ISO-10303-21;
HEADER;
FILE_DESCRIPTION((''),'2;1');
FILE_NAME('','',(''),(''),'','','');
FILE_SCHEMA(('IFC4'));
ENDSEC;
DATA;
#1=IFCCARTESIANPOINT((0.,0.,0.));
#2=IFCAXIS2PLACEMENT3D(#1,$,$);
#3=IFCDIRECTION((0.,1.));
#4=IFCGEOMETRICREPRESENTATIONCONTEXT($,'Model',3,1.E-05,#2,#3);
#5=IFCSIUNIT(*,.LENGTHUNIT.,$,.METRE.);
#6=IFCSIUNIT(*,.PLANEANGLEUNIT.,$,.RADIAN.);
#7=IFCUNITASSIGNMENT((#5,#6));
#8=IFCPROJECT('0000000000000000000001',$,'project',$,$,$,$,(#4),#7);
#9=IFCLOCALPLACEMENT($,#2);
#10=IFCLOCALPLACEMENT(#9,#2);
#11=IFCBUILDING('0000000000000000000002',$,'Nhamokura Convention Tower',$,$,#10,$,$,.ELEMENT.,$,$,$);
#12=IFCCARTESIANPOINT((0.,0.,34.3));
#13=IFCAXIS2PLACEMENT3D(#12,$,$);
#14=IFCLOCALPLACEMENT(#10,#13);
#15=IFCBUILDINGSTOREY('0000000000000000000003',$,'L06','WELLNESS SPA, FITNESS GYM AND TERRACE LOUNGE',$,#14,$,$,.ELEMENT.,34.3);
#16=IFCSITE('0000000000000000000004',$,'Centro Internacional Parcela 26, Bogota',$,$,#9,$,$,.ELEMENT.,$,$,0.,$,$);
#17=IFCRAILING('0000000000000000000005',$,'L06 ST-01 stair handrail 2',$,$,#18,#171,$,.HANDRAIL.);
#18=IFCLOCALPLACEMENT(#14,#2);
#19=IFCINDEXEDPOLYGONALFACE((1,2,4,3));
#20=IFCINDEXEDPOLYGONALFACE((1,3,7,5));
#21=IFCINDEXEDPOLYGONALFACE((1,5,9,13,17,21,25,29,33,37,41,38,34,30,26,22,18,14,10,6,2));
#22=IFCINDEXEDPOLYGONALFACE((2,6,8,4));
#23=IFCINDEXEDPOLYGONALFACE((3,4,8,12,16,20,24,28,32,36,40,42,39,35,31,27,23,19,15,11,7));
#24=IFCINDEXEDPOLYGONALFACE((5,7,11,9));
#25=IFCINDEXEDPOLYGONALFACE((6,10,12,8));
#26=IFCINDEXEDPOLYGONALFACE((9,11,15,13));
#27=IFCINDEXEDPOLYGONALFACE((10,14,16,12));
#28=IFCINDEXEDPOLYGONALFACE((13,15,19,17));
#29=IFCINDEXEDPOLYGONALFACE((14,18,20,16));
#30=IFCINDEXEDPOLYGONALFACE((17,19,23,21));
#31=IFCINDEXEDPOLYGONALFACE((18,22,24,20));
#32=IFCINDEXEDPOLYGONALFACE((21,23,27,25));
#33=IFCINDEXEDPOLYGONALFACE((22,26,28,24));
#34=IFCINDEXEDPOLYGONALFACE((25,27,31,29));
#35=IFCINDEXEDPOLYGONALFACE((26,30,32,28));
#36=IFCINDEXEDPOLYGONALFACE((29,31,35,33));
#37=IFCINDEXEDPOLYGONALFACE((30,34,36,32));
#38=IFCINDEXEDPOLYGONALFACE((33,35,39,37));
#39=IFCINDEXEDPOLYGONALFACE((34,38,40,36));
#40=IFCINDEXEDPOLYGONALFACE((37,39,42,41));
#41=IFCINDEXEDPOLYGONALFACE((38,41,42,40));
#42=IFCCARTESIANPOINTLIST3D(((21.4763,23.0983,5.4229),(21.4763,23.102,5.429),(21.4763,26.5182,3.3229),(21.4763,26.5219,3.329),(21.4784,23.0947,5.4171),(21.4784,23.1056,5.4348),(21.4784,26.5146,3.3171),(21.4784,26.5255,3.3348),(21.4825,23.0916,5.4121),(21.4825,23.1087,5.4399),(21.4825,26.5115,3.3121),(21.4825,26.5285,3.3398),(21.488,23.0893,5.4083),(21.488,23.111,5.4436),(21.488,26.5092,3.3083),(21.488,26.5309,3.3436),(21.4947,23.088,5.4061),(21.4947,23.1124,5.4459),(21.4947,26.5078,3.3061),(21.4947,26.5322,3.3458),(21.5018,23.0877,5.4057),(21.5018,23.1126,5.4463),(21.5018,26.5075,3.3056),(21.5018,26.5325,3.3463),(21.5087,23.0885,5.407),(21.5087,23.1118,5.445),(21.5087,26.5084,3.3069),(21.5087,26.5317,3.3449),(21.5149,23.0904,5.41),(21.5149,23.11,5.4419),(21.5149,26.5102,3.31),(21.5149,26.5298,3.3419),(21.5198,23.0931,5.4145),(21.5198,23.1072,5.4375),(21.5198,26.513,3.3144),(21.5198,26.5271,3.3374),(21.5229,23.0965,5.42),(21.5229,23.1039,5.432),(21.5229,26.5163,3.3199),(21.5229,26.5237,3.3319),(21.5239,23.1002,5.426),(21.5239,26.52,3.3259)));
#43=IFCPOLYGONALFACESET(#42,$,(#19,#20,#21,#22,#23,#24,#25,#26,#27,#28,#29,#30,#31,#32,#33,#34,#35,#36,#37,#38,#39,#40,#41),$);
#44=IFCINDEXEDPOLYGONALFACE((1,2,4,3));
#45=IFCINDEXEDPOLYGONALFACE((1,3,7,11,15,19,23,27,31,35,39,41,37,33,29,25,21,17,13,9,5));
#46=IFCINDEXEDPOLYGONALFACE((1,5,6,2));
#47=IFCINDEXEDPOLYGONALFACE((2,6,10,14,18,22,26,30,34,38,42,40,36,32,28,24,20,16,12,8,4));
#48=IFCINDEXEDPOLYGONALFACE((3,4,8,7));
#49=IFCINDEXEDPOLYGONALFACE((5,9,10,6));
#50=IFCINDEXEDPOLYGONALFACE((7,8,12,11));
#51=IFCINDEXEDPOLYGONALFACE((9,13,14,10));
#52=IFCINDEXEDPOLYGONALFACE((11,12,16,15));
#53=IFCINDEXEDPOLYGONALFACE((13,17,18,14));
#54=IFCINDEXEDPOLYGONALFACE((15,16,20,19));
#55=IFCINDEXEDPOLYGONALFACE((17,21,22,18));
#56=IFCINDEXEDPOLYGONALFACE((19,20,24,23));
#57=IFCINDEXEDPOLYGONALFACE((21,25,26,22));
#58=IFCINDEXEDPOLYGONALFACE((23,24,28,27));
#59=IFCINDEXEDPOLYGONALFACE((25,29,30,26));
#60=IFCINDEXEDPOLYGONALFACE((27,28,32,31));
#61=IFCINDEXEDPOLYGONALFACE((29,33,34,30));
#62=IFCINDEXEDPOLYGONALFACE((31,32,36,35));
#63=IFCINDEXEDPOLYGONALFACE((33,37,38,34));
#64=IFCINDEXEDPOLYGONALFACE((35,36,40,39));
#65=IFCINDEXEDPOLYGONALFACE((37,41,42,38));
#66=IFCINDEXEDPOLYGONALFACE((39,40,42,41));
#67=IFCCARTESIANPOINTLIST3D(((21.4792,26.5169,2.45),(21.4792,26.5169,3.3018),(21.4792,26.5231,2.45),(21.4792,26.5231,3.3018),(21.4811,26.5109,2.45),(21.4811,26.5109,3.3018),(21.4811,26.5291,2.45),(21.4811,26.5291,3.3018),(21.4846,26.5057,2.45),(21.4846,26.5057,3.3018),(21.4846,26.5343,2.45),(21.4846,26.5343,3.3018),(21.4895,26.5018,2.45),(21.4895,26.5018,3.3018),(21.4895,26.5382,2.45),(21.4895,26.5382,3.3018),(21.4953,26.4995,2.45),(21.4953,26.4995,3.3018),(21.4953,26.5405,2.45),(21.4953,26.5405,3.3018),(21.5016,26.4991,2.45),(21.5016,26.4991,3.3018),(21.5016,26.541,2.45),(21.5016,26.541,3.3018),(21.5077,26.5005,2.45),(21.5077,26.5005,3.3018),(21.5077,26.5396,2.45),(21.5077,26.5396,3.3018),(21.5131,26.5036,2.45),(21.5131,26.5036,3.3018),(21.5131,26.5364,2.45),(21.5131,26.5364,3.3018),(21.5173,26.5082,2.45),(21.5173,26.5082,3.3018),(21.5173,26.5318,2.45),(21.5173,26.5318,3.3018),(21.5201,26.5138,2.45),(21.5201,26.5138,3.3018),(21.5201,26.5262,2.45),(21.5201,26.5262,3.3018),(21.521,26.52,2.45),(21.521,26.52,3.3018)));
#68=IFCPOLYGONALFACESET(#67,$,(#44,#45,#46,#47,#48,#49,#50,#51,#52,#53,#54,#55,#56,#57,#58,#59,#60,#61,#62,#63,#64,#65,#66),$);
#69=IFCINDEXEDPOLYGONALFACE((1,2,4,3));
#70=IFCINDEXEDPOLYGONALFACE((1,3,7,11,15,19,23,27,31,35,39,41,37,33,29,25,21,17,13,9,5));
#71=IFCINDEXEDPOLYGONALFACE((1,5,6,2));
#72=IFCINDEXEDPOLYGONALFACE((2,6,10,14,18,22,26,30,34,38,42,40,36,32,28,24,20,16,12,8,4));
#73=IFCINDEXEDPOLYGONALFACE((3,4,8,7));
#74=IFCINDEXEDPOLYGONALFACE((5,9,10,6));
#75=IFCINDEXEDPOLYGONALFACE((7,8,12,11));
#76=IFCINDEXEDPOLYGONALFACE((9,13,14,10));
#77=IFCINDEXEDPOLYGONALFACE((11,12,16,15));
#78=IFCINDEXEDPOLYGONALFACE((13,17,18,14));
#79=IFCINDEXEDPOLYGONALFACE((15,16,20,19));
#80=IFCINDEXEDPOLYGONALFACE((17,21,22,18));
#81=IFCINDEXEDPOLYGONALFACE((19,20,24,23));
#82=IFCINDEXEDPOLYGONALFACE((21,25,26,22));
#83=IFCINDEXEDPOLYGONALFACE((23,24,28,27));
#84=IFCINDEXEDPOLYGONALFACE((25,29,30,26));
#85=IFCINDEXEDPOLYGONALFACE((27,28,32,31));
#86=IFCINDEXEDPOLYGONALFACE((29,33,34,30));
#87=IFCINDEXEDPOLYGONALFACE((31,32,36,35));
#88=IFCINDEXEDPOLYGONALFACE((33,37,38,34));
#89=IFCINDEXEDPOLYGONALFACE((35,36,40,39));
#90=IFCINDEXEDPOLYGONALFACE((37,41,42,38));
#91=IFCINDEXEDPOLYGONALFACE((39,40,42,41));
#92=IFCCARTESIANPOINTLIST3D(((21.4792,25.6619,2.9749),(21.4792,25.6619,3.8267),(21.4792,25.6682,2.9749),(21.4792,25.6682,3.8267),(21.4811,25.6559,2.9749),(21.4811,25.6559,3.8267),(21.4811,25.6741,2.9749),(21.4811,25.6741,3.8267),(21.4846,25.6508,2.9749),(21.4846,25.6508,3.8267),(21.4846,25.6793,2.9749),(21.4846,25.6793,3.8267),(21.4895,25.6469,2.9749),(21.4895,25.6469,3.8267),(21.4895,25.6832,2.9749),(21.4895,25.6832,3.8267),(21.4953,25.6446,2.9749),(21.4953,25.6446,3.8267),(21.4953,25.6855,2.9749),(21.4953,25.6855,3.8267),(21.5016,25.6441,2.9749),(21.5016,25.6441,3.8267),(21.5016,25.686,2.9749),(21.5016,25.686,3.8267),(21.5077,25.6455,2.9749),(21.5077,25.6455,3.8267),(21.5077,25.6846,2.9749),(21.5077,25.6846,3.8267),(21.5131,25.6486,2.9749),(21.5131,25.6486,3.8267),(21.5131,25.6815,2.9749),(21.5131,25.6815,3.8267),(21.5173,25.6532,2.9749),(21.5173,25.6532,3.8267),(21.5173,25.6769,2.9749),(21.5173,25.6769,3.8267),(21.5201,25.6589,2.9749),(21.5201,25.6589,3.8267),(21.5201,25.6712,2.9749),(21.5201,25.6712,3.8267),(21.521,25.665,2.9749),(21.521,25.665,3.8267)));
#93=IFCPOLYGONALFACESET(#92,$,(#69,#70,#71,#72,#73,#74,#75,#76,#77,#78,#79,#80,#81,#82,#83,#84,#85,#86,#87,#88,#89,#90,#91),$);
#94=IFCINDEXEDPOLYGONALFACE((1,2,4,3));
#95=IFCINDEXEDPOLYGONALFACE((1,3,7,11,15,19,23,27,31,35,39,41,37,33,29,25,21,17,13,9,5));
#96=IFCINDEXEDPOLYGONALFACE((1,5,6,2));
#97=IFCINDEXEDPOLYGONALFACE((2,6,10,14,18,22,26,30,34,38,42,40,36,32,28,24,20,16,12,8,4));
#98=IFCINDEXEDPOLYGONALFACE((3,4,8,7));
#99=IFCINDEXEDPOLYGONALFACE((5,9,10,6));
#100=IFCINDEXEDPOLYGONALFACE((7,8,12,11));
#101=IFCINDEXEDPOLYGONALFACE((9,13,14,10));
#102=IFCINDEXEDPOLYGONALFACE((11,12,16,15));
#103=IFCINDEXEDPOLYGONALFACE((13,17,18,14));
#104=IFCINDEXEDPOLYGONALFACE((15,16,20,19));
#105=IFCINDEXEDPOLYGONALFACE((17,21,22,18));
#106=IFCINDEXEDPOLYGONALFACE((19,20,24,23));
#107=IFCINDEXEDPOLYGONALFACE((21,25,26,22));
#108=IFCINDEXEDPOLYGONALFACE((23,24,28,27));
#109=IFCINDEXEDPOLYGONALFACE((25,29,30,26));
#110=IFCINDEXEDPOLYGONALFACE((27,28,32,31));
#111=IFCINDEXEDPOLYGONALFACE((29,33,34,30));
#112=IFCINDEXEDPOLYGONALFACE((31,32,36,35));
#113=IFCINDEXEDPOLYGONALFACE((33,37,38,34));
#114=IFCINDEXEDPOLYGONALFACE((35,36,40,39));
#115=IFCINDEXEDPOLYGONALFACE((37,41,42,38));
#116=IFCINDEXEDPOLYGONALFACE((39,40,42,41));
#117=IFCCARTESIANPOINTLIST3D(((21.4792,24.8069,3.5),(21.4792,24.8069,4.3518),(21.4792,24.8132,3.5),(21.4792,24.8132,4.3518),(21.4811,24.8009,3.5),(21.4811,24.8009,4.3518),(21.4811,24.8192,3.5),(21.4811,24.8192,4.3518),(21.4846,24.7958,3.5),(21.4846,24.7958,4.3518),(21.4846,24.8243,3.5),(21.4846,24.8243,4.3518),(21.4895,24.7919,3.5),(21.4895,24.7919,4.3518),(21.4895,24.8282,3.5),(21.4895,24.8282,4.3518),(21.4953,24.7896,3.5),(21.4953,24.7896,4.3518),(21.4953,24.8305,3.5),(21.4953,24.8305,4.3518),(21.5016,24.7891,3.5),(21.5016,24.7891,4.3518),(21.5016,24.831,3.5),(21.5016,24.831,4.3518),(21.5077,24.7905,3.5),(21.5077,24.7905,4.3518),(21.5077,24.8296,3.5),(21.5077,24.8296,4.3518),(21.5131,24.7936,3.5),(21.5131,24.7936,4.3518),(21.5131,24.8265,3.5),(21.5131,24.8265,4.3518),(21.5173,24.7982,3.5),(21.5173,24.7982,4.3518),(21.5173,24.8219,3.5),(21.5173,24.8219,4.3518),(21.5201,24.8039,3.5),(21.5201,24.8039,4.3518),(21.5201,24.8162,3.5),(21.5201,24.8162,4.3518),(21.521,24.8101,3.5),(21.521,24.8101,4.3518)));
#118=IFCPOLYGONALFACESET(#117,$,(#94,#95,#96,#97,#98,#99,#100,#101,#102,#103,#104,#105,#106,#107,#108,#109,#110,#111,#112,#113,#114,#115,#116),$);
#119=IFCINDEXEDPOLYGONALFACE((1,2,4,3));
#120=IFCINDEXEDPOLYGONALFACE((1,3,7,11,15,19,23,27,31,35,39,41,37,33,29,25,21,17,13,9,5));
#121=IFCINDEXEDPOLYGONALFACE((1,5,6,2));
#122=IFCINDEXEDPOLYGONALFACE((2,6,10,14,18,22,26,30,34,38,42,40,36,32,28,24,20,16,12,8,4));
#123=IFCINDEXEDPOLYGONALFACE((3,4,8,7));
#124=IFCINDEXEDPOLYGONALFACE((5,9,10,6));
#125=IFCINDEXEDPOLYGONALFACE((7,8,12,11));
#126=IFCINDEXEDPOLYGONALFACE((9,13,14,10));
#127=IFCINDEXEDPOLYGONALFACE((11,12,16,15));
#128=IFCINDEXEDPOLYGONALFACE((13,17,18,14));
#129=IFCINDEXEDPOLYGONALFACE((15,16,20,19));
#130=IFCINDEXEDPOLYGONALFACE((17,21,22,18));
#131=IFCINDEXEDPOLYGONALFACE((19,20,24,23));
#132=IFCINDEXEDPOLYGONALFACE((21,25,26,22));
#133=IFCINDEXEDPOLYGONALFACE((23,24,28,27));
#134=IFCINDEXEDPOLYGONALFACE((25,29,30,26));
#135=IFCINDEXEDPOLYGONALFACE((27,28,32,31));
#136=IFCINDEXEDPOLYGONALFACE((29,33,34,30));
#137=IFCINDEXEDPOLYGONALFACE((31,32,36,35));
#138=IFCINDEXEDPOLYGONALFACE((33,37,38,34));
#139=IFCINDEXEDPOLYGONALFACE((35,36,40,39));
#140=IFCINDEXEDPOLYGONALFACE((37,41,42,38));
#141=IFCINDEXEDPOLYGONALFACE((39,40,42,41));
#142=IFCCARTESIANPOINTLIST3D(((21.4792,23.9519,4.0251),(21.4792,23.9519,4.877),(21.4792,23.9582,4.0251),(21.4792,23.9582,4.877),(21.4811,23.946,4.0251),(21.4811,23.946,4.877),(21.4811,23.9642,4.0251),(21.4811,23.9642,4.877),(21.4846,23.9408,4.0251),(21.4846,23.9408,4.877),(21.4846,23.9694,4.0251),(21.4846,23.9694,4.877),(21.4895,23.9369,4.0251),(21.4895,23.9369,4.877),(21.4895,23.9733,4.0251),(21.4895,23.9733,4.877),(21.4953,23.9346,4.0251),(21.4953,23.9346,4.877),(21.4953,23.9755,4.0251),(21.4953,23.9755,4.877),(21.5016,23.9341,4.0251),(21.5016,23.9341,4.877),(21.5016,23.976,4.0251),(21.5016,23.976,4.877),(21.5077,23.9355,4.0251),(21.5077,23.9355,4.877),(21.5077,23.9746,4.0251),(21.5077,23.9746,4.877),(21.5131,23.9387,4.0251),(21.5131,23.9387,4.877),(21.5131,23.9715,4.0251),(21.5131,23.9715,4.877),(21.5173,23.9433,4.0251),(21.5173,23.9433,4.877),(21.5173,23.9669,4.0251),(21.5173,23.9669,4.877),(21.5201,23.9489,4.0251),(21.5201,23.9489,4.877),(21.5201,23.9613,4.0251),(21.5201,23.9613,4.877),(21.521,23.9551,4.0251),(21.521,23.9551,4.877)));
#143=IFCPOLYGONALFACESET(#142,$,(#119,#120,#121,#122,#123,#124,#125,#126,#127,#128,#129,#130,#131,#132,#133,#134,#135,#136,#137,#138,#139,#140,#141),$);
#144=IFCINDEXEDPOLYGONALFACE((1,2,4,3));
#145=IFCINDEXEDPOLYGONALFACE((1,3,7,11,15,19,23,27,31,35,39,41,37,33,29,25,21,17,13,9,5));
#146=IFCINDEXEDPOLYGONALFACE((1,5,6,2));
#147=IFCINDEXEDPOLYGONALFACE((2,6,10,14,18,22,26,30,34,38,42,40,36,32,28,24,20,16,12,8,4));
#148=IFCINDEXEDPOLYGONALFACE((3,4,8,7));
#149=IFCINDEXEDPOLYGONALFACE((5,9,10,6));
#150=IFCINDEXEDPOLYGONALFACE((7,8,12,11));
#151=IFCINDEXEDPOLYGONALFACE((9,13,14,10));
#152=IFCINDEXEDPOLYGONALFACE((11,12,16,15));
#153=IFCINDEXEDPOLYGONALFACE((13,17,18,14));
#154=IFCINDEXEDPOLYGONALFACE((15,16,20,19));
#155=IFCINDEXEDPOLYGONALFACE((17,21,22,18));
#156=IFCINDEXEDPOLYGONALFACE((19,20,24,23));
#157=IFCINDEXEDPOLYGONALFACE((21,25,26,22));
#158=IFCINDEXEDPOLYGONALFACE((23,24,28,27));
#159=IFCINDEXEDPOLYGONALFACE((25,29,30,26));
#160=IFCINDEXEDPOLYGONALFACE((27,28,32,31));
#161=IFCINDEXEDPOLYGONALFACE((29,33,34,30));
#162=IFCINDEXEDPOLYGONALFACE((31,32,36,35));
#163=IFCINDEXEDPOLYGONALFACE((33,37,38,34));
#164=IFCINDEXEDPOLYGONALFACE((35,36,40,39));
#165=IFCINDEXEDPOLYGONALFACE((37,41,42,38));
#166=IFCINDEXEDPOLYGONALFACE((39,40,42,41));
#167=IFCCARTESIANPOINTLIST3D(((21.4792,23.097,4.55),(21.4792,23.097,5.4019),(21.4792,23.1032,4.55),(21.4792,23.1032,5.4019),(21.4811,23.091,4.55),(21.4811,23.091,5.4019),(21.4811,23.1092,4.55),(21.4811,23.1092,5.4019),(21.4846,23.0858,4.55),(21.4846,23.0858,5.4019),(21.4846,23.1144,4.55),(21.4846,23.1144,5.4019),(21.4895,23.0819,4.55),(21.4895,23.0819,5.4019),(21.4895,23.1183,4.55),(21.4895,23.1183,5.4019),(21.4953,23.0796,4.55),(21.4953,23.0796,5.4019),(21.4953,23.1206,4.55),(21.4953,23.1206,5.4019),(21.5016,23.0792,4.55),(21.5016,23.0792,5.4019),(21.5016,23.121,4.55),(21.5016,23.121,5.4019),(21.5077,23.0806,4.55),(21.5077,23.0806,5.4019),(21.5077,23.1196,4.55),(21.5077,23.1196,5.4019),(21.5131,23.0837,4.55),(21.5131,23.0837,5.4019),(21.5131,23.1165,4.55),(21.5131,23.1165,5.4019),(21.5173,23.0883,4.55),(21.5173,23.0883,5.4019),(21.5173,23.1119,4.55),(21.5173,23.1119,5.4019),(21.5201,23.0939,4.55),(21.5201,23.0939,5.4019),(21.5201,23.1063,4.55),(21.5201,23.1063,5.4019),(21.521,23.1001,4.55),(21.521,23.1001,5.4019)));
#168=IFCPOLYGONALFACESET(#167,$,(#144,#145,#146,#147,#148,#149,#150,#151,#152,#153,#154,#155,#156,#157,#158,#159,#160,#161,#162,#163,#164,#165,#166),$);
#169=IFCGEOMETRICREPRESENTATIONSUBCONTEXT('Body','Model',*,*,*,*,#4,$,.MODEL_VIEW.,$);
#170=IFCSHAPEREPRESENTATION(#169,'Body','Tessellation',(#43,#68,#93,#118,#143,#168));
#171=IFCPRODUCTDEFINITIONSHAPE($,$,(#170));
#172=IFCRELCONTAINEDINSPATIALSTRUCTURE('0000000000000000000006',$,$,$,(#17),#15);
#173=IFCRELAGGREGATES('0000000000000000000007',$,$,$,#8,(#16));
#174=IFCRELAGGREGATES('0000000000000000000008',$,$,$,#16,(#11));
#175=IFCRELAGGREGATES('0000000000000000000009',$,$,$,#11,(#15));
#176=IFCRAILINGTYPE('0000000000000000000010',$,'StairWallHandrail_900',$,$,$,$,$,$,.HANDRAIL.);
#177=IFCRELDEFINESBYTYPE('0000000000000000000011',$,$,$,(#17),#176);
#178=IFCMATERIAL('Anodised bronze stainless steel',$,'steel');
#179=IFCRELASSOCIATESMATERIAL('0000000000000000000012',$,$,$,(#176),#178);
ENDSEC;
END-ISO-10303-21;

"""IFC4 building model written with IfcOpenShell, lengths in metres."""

from ifc_helpers import new_model, si_unit, direction, frame, origin, origin_2d, place, context, subcontext, project, spatial, circle, extrude, material, type_object, element, save


model = new_model("IFC4")

# Units and contexts
model_context = context("Model", 3, precision=1e-05, world=origin(), true_north=direction((0.0, 1.0)))
body_context = subcontext(model_context, "Body", "Model", "MODEL_VIEW")
ifc_project = project(units=[si_unit("LENGTHUNIT", "METRE"), si_unit("PLANEANGLEUNIT", "RADIAN")], contexts=[model_context])

# Site, building, storey
site_placement = place(None, origin())
site = spatial("IfcSite", under=ifc_project, at=site_placement, Name="Centro Internacional Parcela 26, Bogota", CompositionType="ELEMENT", RefElevation=0.0)
building_placement = place(site_placement, origin())
building = spatial("IfcBuilding", under=site, at=building_placement, Name="Nhamokura Convention Tower", CompositionType="ELEMENT")
storey_placement = place(building_placement, frame((0.0, 0.0, 34.3)))
storey = spatial("IfcBuildingStorey", under=building, at=storey_placement, Name="L06", Description="WELLNESS SPA, FITNESS GYM AND TERRACE LOUNGE", CompositionType="ELEMENT", Elevation=34.3)

# Railing
ifc_material_1 = material(Name="Anodised bronze stainless steel", Category="steel")
railing_type_1 = type_object("IfcRailingType", Name="StairWallHandrail_900", PredefinedType="HANDRAIL", material=ifc_material_1)
railing_1_placement = place(storey_placement, frame((21.5, 26.52, 2.45)))
element("IfcRailing", 1, at=railing_1_placement, inside=storey, type_object=railing_type_1, Name="L06 ST-01 stair handrail 2", PredefinedType="HANDRAIL", context=body_context, shape_type="SweptSolid", body=[
    extrude(circle(Radius=0.0239, at=origin_2d()), frame((0.0, 0.0, 0.876), z_axis=(0.0, -0.852155, 0.523289), x_axis=(1.0, 0.0, 0.0)), (0.0, 0.0, 1.0), 4.0132),
    extrude(circle(Radius=0.021, at=origin_2d()), origin(), (0.0, 0.0, 1.0), 0.8518),
    extrude(circle(Radius=0.021, at=origin_2d()), frame((0.0, -0.855, 0.5249)), (0.0, 0.0, 1.0), 0.8518),
    extrude(circle(Radius=0.021, at=origin_2d()), frame((0.0, -1.71, 1.05)), (0.0, 0.0, 1.0), 0.8518),
    extrude(circle(Radius=0.021, at=origin_2d()), frame((0.0, -2.5649, 1.5752)), (0.0, 0.0, 1.0), 0.8518),
    extrude(circle(Radius=0.021, at=origin_2d()), frame((0.0, -3.4199, 2.1001)), (0.0, 0.0, 1.0), 0.8518),
])

save(model, "model.ifc")
